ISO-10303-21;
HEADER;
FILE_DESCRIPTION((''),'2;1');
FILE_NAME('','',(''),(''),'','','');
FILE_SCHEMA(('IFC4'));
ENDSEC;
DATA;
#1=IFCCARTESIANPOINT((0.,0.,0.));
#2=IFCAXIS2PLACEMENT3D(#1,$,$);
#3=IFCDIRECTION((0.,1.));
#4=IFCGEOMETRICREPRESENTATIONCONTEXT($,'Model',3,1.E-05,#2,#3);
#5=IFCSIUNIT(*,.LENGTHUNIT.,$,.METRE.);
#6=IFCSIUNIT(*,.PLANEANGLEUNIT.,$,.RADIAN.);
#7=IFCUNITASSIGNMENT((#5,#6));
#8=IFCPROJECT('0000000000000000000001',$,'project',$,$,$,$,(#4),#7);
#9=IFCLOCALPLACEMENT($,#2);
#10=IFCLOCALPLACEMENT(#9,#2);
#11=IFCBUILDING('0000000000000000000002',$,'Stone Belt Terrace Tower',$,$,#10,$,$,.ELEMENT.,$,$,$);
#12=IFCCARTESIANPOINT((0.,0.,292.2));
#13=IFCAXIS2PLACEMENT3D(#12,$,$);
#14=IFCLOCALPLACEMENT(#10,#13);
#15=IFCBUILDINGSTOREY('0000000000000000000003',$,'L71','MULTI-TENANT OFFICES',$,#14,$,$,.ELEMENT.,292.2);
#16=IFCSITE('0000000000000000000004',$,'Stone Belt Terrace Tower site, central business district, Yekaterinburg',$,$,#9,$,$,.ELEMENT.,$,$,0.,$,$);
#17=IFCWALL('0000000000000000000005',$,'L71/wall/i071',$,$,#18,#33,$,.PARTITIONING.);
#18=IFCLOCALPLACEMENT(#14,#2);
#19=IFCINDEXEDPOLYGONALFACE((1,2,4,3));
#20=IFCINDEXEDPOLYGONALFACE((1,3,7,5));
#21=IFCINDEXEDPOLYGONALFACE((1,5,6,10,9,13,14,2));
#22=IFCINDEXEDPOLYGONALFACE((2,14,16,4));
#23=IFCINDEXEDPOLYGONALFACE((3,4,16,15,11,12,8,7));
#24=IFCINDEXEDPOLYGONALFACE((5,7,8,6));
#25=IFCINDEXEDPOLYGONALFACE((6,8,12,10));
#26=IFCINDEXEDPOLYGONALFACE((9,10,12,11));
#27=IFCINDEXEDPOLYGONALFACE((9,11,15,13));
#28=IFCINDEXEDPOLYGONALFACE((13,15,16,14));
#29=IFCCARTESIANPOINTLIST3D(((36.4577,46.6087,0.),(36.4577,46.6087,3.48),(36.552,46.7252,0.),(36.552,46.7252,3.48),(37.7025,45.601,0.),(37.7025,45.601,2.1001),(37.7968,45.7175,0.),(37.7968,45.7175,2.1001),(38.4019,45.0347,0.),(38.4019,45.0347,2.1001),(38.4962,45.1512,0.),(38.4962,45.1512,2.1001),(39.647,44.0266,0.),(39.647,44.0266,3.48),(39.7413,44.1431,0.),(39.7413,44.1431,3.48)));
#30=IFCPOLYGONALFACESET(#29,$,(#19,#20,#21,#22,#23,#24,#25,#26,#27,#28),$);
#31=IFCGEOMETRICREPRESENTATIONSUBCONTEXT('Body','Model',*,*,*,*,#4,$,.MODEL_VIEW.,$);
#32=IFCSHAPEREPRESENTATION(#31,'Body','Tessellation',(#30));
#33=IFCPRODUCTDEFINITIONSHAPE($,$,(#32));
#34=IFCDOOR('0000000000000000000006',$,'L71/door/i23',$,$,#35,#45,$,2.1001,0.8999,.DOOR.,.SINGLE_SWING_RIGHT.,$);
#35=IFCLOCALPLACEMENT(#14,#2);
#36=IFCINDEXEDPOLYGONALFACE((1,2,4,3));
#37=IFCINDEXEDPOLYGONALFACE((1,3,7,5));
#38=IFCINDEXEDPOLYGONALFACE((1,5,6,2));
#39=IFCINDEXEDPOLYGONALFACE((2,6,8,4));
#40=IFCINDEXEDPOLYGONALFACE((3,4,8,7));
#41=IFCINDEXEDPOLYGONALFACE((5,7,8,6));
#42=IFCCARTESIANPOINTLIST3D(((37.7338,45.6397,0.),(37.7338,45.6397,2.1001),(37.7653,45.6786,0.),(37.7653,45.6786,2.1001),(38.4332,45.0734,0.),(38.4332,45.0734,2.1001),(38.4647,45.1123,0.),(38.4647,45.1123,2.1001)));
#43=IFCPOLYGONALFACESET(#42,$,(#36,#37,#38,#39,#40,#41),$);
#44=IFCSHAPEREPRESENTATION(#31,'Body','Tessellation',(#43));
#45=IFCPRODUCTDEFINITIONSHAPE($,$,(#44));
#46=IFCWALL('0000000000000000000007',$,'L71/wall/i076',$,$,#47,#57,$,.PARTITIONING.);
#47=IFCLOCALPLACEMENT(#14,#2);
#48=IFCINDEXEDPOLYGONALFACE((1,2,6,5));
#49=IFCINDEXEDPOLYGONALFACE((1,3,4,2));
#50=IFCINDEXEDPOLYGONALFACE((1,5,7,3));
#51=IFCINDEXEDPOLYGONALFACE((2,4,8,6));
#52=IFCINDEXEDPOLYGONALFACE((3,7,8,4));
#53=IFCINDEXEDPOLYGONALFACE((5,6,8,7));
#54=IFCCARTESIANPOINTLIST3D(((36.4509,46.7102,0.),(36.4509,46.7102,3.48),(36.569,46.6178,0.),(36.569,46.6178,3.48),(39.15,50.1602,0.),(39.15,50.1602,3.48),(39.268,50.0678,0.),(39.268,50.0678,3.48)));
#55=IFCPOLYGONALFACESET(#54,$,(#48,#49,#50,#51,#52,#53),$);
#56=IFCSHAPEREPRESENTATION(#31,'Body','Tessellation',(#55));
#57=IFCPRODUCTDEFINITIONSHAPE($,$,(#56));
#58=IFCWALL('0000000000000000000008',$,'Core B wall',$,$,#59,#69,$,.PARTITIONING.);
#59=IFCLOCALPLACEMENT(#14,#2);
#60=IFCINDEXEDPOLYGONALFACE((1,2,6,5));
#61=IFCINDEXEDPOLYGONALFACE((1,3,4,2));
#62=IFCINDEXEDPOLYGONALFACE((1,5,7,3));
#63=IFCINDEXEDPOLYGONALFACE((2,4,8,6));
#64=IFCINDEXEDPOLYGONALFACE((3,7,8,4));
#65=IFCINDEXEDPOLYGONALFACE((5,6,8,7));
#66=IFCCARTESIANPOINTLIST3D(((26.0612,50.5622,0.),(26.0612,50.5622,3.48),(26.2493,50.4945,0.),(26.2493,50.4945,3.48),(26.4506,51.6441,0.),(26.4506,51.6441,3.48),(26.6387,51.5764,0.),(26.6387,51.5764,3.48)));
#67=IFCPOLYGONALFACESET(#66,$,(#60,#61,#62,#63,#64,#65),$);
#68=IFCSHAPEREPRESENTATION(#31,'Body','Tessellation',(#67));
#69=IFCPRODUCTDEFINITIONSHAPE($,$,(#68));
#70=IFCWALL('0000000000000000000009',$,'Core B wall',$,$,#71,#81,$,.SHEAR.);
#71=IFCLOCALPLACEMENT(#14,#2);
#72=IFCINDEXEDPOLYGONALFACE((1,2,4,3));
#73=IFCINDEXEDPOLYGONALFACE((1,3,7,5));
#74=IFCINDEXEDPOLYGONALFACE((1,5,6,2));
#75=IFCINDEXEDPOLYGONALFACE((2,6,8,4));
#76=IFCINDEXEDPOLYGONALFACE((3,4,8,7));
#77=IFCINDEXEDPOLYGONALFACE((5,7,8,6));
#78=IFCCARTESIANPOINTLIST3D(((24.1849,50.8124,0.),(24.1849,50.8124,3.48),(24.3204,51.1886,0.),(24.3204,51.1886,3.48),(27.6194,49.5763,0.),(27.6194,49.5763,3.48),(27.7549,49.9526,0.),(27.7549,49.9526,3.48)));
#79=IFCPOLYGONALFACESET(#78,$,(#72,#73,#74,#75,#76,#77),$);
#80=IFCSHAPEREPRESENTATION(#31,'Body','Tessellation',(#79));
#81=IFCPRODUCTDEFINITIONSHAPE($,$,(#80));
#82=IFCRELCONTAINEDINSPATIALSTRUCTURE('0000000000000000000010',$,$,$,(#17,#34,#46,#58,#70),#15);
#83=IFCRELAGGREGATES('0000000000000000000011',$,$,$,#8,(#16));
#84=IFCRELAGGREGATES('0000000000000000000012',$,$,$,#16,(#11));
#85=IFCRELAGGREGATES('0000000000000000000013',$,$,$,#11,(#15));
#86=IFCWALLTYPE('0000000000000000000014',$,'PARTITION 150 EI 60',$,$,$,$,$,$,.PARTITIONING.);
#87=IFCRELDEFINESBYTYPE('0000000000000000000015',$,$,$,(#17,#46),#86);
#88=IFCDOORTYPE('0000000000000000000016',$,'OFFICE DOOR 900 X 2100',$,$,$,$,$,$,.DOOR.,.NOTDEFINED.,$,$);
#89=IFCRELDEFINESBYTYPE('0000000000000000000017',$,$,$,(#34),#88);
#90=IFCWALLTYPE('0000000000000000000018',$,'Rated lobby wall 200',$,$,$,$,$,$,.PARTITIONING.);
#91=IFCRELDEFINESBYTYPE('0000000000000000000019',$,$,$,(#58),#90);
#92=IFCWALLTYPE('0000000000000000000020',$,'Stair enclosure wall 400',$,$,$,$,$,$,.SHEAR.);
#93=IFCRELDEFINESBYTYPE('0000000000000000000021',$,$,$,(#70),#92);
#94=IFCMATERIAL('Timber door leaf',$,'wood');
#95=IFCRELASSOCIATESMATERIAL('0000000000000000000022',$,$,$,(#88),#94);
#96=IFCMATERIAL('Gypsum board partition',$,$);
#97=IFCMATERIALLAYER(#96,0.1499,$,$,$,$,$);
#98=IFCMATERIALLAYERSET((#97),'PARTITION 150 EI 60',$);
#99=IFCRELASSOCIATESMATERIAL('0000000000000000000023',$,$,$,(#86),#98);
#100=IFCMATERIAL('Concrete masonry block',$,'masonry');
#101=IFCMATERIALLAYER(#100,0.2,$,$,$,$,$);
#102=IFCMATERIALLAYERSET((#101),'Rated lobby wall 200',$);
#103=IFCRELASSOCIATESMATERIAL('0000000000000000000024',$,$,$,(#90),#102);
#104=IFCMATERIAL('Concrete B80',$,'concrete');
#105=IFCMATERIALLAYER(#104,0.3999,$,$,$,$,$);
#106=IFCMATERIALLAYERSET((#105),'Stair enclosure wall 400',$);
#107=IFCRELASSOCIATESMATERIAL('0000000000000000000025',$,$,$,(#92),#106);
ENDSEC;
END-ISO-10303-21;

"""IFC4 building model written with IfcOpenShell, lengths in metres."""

from ifc_helpers import new_model, si_unit, direction, frame, frame_2d, origin, place, context, subcontext, project, spatial, rectangle, extrude, material, layer, layer_set, type_object, element, fill, save


model = new_model("IFC4")

# Units and contexts
model_context = context("Model", 3, precision=1e-05, world=origin(), true_north=direction((0.0, 1.0)))
body_context = subcontext(model_context, "Body", "Model", "MODEL_VIEW")
ifc_project = project(units=[si_unit("LENGTHUNIT", "METRE"), si_unit("PLANEANGLEUNIT", "RADIAN")], contexts=[model_context])

# Site, building, storey
site_placement = place(None, origin())
site = spatial("IfcSite", under=ifc_project, at=site_placement, Name="Stone Belt Terrace Tower site, central business district, Yekaterinburg", CompositionType="ELEMENT", RefElevation=0.0)
building_placement = place(site_placement, origin())
building = spatial("IfcBuilding", under=site, at=building_placement, Name="Stone Belt Terrace Tower", CompositionType="ELEMENT")
storey_placement = place(building_placement, frame((0.0, 0.0, 292.2)))
storey = spatial("IfcBuildingStorey", under=building, at=storey_placement, Name="L71", Description="MULTI-TENANT OFFICES", CompositionType="ELEMENT", Elevation=292.2)

# Shared definitions
ifc_material_1 = material(Name="Gypsum board partition")
ifc_material_2 = material(Name="Timber door leaf", Category="wood")
door_type_1 = type_object("IfcDoorType", Name="OFFICE DOOR 900 X 2100", OperationType="NOTDEFINED", PredefinedType="DOOR", material=ifc_material_2)
ifc_layer_1 = layer(ifc_material_1, 0.1499)
ifc_layer_set_1 = layer_set([ifc_layer_1], Name="PARTITION 150 EI 60")
wall_type_1 = type_object("IfcWallType", Name="PARTITION 150 EI 60", PredefinedType="PARTITIONING", material=ifc_layer_set_1)

# Wall, opening, door
wall_1_placement = place(storey_placement, frame((36.5049, 46.667, 0.0), z_axis=(0.0, 0.0, 1.0), x_axis=(0.77721, -0.629241, 0.0)))
wall_1 = element("IfcWall", 1, at=wall_1_placement, inside=storey, type_object=wall_type_1, Name="L71/wall/i071", PredefinedType="PARTITIONING", context=body_context, shape_type="SweptSolid", body=[
    extrude(rectangle(XDim=4.1035, YDim=0.1499, at=frame_2d((2.0518, 0.0))), origin(), (0.0, 0.0, 1.0), 3.48),
])
opening_1_placement = place(wall_1_placement, frame((1.6016, 0.0, 0.0)))
opening_1 = element("IfcOpeningElement", 2, at=opening_1_placement, cuts=wall_1, PredefinedType="OPENING", context=body_context, shape_type="SweptSolid", body=[
    extrude(rectangle(XDim=0.8999, YDim=2.1001, at=frame_2d((0.45, 1.05))), frame((0.0, 0.085, 0.0), z_axis=(0.0, -1.0, 0.0), x_axis=(1.0, 0.0, 0.0)), (0.0, 0.0, 1.0), 0.1699),
])
door_1_placement = place(opening_1_placement, origin())
door_1 = element("IfcDoor", 3, at=door_1_placement, inside=storey, type_object=door_type_1, Name="L71/door/i23", OperationType="SINGLE_SWING_RIGHT", OverallHeight=2.1001, OverallWidth=0.8999, PredefinedType="DOOR", context=body_context, shape_type="SweptSolid", body=[
    extrude(rectangle(XDim=0.8999, YDim=2.1001, at=frame_2d((0.45, 1.05))), frame((0.0, 0.0249, 0.0), z_axis=(0.0, -1.0, 0.0), x_axis=(1.0, 0.0, 0.0)), (0.0, 0.0, 1.0), 0.05),
])
fill(opening_1, door_1)

# Walls
wall_2_placement = place(storey_placement, frame((39.209, 50.114, 0.0), z_axis=(0.0, 0.0, 1.0), x_axis=(-0.616168, -0.787614, 0.0)))
element("IfcWall", 4, at=wall_2_placement, inside=storey, type_object=wall_type_1, Name="L71/wall/i076", PredefinedType="PARTITIONING", context=body_context, shape_type="SweptSolid", body=[
    extrude(rectangle(XDim=4.3804, YDim=0.1499, at=frame_2d((2.1902, 0.0))), origin(), (0.0, 0.0, 1.0), 3.48),
])
ifc_material_3 = material(Name="Concrete masonry block", Category="masonry")
ifc_layer_2 = layer(ifc_material_3, 0.2)
ifc_layer_set_2 = layer_set([ifc_layer_2], Name="Rated lobby wall 200")
wall_type_2 = type_object("IfcWallType", Name="Rated lobby wall 200", PredefinedType="PARTITIONING", material=ifc_layer_set_2)
wall_3_placement = place(storey_placement, frame((26.1553, 50.5283, 0.0), z_axis=(0.0, 0.0, 1.0), x_axis=(0.338622, 0.940923, 0.0)))
element("IfcWall", 5, at=wall_3_placement, inside=storey, type_object=wall_type_2, Name="Core B wall", PredefinedType="PARTITIONING", context=body_context, shape_type="SweptSolid", body=[
    extrude(rectangle(XDim=1.1499, YDim=0.2, at=frame_2d((0.575, 0.0))), origin(), (0.0, 0.0, 1.0), 3.48),
])
ifc_material_4 = material(Name="Concrete B80", Category="concrete")
ifc_layer_3 = layer(ifc_material_4, 0.3999)
ifc_layer_set_3 = layer_set([ifc_layer_3], Name="Stair enclosure wall 400")
wall_type_3 = type_object("IfcWallType", Name="Stair enclosure wall 400", PredefinedType="SHEAR", material=ifc_layer_set_3)
wall_4_placement = place(storey_placement, frame((27.6873, 49.7644, 0.0), z_axis=(0.0, 0.0, 1.0), x_axis=(-0.940919, 0.338632, 0.0)))
element("IfcWall", 6, at=wall_4_placement, inside=storey, type_object=wall_type_3, Name="Core B wall", PredefinedType="SHEAR", context=body_context, shape_type="SweptSolid", body=[
    extrude(rectangle(XDim=3.6501, YDim=0.3999, at=frame_2d((1.8252, 0.0))), origin(), (0.0, 0.0, 1.0), 3.48),
])

save(model, "model.ifc")
